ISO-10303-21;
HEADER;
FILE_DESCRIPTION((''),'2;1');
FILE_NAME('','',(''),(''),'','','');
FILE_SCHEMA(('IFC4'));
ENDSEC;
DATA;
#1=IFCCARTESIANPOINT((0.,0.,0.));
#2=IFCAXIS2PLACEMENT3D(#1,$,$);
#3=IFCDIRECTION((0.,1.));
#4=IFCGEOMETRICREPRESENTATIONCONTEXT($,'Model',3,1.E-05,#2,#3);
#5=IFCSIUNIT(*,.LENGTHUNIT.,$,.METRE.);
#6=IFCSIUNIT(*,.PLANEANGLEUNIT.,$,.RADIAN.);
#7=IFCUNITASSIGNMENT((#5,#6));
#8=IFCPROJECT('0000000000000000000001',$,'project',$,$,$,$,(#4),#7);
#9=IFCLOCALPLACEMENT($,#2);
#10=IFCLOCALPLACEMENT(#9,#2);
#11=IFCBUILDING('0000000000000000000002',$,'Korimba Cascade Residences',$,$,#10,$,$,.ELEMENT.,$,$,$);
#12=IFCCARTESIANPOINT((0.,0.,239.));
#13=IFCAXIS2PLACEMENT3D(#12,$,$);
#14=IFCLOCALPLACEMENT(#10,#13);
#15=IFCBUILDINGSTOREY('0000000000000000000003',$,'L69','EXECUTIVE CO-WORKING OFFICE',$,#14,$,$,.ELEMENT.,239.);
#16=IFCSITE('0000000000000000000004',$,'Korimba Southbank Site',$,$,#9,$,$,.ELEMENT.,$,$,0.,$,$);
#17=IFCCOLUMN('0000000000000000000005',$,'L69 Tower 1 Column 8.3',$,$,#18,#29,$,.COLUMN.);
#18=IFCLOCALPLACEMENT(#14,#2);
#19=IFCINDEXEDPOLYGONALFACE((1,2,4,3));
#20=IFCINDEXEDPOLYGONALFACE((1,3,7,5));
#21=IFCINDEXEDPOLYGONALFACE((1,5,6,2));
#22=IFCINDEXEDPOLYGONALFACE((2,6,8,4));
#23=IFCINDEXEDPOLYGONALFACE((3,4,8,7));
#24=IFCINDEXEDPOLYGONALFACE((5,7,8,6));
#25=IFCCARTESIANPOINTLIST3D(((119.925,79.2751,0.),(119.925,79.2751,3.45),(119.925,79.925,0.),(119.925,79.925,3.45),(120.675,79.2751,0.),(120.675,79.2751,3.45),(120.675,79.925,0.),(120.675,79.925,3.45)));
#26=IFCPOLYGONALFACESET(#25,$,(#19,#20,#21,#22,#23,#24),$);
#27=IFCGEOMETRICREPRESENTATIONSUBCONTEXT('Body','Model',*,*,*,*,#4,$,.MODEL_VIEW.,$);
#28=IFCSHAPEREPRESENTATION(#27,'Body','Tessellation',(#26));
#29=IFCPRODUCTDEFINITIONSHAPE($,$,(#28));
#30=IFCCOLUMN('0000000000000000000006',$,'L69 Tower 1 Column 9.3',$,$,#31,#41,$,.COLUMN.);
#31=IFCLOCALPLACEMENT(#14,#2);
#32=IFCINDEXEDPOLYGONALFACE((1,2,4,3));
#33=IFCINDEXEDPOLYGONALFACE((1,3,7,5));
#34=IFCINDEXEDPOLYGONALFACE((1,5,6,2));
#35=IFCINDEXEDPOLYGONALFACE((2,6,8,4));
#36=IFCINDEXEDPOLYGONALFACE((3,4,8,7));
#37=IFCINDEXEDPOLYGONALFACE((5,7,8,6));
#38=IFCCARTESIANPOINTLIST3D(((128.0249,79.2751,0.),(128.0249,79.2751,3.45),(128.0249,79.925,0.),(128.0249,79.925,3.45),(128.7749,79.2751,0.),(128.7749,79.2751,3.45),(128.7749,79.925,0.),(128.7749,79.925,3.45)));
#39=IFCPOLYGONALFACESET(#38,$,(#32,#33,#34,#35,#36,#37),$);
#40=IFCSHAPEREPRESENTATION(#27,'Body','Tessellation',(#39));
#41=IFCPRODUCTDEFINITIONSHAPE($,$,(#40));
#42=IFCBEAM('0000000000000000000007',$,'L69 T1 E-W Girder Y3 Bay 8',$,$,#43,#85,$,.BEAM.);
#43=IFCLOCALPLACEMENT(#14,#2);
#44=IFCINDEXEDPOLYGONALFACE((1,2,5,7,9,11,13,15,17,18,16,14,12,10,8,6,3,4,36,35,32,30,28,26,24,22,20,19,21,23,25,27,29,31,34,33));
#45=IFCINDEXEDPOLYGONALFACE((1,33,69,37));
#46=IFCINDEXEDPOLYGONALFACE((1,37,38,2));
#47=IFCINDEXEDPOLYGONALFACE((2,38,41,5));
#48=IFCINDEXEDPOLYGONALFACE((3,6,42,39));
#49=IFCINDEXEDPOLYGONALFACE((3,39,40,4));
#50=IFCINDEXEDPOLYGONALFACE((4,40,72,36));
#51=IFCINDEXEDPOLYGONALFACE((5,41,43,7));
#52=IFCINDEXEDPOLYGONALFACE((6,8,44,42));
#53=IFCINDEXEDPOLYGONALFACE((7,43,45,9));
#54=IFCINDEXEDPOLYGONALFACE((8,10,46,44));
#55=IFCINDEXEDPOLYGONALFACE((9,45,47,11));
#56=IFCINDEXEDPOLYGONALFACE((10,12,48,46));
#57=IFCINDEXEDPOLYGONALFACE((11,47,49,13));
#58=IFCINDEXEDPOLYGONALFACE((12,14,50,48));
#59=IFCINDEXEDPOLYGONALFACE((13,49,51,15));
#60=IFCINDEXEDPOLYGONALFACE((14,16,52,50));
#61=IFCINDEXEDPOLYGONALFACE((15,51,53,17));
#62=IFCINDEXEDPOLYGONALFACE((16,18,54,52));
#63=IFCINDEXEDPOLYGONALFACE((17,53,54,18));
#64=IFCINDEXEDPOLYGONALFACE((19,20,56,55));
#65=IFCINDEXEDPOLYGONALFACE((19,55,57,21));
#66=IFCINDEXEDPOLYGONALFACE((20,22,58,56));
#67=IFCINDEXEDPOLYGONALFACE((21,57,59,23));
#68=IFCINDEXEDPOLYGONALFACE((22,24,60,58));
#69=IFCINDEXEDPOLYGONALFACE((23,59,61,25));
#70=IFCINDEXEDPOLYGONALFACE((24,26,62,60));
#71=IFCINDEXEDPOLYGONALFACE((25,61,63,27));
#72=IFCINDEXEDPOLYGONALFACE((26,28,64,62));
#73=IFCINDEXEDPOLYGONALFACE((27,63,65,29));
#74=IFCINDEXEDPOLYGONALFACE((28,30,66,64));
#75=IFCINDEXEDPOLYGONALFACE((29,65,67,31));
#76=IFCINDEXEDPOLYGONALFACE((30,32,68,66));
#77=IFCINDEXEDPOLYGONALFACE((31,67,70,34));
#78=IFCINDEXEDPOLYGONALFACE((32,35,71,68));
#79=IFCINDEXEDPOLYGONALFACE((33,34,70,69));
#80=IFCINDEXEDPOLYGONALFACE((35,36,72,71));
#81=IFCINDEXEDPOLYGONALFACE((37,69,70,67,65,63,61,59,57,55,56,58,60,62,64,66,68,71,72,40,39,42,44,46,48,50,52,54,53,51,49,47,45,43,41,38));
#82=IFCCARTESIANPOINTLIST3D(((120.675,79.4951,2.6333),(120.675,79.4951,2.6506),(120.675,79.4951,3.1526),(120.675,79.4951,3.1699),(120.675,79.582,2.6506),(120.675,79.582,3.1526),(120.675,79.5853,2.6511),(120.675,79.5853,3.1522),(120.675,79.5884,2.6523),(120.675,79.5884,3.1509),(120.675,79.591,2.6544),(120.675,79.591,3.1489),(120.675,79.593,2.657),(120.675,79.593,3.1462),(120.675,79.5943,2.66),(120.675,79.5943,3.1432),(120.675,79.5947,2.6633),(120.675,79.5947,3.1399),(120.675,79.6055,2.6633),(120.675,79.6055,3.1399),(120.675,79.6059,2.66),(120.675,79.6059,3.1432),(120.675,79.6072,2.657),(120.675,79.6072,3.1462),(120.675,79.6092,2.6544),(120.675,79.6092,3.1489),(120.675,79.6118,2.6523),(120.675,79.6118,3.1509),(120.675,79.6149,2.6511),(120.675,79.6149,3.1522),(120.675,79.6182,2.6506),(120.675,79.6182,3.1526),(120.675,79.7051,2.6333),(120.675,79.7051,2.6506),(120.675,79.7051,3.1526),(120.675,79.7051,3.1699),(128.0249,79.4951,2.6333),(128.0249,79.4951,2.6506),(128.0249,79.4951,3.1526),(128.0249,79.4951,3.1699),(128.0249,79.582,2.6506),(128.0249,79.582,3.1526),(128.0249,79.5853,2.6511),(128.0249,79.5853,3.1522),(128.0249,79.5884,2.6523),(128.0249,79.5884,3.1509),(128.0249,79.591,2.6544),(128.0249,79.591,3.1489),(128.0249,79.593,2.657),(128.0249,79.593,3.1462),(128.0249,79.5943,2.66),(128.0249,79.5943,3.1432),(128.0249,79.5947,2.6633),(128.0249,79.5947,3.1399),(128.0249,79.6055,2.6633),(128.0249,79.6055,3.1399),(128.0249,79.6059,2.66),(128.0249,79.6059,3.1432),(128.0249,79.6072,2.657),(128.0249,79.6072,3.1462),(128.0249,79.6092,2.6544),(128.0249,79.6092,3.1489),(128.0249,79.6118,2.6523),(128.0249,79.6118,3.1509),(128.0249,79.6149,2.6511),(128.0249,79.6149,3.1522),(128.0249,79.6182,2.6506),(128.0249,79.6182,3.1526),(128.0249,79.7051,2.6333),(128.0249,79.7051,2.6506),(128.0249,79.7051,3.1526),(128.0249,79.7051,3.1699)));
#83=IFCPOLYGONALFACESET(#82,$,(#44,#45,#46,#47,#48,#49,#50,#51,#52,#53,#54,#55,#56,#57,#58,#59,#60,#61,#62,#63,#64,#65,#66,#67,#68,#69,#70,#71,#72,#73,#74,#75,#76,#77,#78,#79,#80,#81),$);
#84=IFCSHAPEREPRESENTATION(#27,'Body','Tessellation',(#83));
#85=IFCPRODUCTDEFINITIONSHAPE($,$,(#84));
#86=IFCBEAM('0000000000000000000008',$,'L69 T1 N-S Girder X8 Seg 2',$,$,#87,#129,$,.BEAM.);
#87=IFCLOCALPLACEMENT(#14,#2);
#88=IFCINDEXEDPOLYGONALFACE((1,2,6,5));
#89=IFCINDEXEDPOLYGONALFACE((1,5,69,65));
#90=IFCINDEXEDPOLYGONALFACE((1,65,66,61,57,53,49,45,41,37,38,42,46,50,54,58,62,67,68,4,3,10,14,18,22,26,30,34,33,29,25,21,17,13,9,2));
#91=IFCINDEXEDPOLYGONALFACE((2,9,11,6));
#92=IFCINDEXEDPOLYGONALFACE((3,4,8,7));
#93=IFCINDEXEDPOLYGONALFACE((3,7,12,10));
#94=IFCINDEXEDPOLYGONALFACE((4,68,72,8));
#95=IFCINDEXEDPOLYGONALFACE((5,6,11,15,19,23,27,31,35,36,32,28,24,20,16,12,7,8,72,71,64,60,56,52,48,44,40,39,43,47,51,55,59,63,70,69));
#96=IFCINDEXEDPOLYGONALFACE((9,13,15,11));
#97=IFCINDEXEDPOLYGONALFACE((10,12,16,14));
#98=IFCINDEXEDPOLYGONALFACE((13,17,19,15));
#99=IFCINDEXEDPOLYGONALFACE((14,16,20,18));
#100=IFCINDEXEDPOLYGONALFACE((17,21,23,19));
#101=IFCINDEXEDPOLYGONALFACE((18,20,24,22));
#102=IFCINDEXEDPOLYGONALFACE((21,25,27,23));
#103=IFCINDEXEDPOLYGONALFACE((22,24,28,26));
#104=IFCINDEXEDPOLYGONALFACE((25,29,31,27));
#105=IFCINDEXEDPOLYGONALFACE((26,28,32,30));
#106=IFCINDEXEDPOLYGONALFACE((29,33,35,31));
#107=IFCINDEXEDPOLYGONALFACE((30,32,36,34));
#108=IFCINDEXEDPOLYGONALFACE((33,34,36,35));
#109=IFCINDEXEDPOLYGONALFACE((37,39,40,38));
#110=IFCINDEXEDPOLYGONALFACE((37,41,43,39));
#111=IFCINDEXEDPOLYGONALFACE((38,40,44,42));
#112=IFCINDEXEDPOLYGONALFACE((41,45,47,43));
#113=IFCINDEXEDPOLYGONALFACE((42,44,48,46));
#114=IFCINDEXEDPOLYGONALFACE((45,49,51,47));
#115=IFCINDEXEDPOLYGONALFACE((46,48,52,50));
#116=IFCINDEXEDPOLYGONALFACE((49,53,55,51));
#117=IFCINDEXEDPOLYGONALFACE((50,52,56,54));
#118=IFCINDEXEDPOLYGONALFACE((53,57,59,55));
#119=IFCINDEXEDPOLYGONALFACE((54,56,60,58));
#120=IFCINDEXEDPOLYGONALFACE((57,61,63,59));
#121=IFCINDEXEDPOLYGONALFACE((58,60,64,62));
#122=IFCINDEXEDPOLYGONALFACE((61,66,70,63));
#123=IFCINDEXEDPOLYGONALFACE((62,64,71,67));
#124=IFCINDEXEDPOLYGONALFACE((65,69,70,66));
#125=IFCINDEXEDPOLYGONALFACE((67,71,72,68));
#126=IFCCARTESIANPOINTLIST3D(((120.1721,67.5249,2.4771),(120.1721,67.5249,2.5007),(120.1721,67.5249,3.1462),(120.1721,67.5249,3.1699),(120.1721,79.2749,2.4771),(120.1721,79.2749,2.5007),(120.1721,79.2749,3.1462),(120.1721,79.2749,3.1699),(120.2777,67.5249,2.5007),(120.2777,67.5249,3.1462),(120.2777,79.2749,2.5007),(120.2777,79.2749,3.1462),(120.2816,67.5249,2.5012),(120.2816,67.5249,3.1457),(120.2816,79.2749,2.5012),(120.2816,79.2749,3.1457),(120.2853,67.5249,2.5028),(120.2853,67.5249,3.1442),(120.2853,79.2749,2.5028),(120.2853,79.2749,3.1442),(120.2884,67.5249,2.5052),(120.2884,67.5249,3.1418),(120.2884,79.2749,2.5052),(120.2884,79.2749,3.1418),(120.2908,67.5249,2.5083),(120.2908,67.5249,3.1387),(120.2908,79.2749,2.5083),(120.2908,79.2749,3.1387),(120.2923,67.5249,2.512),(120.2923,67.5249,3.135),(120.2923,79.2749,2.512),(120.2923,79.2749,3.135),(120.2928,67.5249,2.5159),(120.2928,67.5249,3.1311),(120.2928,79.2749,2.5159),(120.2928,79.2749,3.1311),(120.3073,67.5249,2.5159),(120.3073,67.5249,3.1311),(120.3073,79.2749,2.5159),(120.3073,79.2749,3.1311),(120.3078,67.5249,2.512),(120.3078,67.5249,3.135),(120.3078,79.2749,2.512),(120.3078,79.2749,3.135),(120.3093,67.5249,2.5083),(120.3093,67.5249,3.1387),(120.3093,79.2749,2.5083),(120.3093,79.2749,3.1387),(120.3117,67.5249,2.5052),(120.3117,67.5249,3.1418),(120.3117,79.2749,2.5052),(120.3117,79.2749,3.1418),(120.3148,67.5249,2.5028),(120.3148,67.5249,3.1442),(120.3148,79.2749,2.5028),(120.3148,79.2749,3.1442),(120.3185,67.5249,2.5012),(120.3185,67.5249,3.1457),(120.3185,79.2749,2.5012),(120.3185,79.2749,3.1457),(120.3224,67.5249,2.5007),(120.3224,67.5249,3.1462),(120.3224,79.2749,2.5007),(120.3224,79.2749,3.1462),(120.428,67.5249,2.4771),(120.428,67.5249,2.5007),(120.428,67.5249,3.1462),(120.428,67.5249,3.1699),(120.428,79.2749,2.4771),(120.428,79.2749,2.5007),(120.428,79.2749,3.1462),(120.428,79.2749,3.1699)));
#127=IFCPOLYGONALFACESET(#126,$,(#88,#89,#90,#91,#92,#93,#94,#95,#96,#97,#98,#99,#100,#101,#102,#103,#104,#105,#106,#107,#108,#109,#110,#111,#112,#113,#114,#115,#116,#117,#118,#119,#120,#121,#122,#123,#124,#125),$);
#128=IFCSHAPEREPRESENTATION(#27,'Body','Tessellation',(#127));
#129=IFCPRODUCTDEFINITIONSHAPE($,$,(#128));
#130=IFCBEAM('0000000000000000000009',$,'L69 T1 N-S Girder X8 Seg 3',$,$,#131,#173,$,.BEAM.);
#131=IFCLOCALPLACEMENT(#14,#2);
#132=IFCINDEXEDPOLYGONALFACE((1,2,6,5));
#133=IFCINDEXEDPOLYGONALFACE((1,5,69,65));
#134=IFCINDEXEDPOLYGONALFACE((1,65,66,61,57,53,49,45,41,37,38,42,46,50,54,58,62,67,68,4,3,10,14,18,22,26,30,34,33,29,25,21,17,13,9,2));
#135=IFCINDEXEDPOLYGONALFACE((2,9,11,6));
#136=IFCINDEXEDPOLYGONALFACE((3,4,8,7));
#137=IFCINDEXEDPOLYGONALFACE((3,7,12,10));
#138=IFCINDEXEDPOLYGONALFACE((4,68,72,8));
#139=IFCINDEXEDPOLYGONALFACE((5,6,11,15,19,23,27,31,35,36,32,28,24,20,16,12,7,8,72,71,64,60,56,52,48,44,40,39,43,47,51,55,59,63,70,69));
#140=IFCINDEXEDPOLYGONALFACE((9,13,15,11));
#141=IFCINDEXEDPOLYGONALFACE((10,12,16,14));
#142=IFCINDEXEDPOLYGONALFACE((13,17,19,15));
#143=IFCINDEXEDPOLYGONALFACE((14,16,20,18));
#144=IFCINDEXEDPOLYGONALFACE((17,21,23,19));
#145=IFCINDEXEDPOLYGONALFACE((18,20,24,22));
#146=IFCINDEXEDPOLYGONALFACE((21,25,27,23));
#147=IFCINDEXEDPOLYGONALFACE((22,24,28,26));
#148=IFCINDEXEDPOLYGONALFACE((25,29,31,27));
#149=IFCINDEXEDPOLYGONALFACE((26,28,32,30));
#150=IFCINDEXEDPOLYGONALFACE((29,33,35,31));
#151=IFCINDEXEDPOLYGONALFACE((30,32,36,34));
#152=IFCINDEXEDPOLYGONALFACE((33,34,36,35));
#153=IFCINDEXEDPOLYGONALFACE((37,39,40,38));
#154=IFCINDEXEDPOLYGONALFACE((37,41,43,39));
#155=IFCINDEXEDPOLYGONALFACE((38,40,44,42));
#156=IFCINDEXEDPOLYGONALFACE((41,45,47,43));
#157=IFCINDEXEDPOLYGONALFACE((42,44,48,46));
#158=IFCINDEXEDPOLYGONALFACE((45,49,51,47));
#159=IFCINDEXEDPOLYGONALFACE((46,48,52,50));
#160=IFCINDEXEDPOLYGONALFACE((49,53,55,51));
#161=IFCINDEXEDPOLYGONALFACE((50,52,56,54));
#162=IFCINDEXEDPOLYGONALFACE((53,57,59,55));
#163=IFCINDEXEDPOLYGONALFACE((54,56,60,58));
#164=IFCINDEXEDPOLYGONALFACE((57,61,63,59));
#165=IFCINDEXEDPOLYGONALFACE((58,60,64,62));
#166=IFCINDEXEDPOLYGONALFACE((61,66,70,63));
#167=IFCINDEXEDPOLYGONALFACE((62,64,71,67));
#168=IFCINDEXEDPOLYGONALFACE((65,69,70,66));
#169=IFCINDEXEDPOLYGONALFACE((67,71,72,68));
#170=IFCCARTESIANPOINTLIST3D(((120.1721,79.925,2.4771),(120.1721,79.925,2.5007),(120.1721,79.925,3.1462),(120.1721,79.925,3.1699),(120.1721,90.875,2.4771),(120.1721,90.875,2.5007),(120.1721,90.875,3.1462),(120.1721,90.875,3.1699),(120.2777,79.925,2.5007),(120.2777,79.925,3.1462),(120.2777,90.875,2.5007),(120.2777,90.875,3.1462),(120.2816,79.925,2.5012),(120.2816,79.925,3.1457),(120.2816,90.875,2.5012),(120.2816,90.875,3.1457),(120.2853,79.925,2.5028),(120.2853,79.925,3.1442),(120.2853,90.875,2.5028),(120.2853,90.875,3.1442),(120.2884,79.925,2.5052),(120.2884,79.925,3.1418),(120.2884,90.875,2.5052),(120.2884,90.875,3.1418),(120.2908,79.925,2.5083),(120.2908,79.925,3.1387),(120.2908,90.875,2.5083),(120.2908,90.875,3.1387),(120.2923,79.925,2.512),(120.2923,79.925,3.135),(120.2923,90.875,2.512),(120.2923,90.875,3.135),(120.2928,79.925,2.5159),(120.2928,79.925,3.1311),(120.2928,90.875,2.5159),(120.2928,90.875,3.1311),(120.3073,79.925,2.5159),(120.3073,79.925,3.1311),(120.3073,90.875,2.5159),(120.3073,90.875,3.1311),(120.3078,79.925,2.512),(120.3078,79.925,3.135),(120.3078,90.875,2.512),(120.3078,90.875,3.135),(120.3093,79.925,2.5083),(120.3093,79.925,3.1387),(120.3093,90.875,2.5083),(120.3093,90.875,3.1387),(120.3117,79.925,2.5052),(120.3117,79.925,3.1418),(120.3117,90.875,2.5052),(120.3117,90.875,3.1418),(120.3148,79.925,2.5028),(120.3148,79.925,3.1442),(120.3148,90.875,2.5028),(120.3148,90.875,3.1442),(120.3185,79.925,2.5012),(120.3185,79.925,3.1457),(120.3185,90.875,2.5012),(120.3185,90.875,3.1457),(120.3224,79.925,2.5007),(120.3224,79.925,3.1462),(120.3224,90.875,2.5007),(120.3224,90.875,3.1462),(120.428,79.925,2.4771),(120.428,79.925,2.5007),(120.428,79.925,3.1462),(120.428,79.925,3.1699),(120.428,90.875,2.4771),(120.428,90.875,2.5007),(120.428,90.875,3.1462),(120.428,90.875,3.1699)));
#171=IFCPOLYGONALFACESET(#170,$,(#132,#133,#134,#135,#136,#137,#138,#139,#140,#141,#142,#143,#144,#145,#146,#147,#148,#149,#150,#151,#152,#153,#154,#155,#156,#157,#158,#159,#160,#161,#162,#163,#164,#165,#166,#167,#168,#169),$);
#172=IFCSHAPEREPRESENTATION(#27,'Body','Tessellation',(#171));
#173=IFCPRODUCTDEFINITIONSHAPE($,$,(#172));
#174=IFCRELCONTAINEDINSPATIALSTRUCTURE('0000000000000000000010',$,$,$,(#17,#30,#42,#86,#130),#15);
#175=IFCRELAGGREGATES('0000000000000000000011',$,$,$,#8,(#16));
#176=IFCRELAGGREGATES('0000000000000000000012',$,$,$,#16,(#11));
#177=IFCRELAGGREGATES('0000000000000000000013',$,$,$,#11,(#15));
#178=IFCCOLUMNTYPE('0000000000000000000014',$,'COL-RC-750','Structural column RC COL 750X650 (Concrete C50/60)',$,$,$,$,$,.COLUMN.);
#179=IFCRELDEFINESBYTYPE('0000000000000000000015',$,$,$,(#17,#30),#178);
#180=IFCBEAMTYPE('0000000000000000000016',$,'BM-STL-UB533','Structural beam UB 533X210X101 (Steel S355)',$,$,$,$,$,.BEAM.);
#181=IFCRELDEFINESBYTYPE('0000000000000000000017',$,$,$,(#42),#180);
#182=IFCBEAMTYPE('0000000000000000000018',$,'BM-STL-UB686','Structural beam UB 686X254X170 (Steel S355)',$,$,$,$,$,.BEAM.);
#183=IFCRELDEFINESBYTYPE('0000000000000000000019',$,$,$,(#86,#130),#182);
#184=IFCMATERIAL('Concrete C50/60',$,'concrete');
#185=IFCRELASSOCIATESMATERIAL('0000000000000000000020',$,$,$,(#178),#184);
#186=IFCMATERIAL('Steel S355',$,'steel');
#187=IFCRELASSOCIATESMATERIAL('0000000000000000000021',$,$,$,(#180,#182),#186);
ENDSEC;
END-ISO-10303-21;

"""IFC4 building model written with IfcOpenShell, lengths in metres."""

from ifc_helpers import new_model, si_unit, direction, frame, origin, origin_2d, place, context, subcontext, project, spatial, rectangle, i_section, extrude, material, material_profile, profile_set, type_object, element, save


model = new_model("IFC4")

# Units and contexts
model_context = context("Model", 3, precision=1e-05, world=origin(), true_north=direction((0.0, 1.0)))
body_context = subcontext(model_context, "Body", "Model", "MODEL_VIEW")
ifc_project = project(units=[si_unit("LENGTHUNIT", "METRE"), si_unit("PLANEANGLEUNIT", "RADIAN")], contexts=[model_context])

# Site, building, storey
site_placement = place(None, origin())
site = spatial("IfcSite", under=ifc_project, at=site_placement, Name="Korimba Southbank Site", CompositionType="ELEMENT", RefElevation=0.0)
building_placement = place(site_placement, origin())
building = spatial("IfcBuilding", under=site, at=building_placement, Name="Korimba Cascade Residences", CompositionType="ELEMENT")
storey_placement = place(building_placement, frame((0.0, 0.0, 239.0)))
storey = spatial("IfcBuildingStorey", under=building, at=storey_placement, Name="L69", Description="EXECUTIVE CO-WORKING OFFICE", CompositionType="ELEMENT", Elevation=239.0)

# Columns
ifc_material_1 = material(Name="Concrete C50/60", Category="concrete")
ifc_material_profile_1 = material_profile(ifc_material_1, rectangle(XDim=0.75, YDim=0.6499, at=origin_2d()), Name="Concrete C50/60")
ifc_profile_set_1 = profile_set([ifc_material_profile_1], Name="Concrete C50/60")
column_type = type_object("IfcColumnType", Name="COL-RC-750", Description="Structural column RC COL 750X650 (Concrete C50/60)", PredefinedType="COLUMN", material=ifc_profile_set_1)
for number, where, z_axis, x_axis, name in (
    (1, (120.3, 79.6001, 0.0), (0.0, 0.0, 1.0), (1.0, 0.0, 0.0), "L69 Tower 1 Column 8.3"),
    (2, (128.3999, 79.6001, 0.0), (0.0, 0.0, 1.0), (1.0, 0.0, 0.0), "L69 Tower 1 Column 9.3"),
):
    element("IfcColumn", number, at=place(storey_placement, frame(where, z_axis=z_axis, x_axis=x_axis)), inside=storey, type_object=column_type, Name=name, PredefinedType="COLUMN", context=body_context, shape_type="SweptSolid", body=[
        extrude(rectangle(XDim=0.75, YDim=0.6499, at=origin_2d()), origin(), (0.0, 0.0, 1.0), 3.45),
    ])

# Beams
ifc_material_2 = material(Name="Steel S355", Category="steel")
ifc_material_profile_2 = material_profile(ifc_material_2, i_section(OverallWidth=0.21, OverallDepth=0.5366, WebThickness=0.0107, FlangeThickness=0.0173, FilletRadius=0.0127, at=origin_2d()), Name="Steel S355")
ifc_profile_set_2 = profile_set([ifc_material_profile_2], Name="Steel S355")
beam_type_1 = type_object("IfcBeamType", Name="BM-STL-UB533", Description="Structural beam UB 533X210X101 (Steel S355)", PredefinedType="BEAM", material=ifc_profile_set_2)
beam_1_placement = place(storey_placement, frame((120.675, 79.6001, 2.9016), z_axis=(1.0, 0.0, 0.0), x_axis=(0.0, 1.0, 0.0)))
element("IfcBeam", 3, at=beam_1_placement, inside=storey, type_object=beam_type_1, Name="L69 T1 E-W Girder Y3 Bay 8", PredefinedType="BEAM", context=body_context, shape_type="SweptSolid", body=[
    extrude(i_section(OverallWidth=0.21, OverallDepth=0.5366, WebThickness=0.0107, FlangeThickness=0.0173, FilletRadius=0.0127, at=origin_2d()), origin(), (0.0, 0.0, 1.0), 7.3499),
])
ifc_material_profile_3 = material_profile(ifc_material_2, i_section(OverallWidth=0.2559, OverallDepth=0.6929, WebThickness=0.0144, FlangeThickness=0.0237, FilletRadius=0.0151, at=origin_2d()), Name="Steel S355")
ifc_profile_set_3 = profile_set([ifc_material_profile_3], Name="Steel S355")
beam_type_2 = type_object("IfcBeamType", Name="BM-STL-UB686", Description="Structural beam UB 686X254X170 (Steel S355)", PredefinedType="BEAM", material=ifc_profile_set_3)
beam_2_placement = place(storey_placement, frame((120.3, 67.5249, 2.8235), z_axis=(0.0, 1.0, 0.0), x_axis=(-1.0, 0.0, 0.0)))
element("IfcBeam", 4, at=beam_2_placement, inside=storey, type_object=beam_type_2, Name="L69 T1 N-S Girder X8 Seg 2", PredefinedType="BEAM", context=body_context, shape_type="SweptSolid", body=[
    extrude(i_section(OverallWidth=0.2559, OverallDepth=0.6929, WebThickness=0.0144, FlangeThickness=0.0237, FilletRadius=0.0151, at=origin_2d()), origin(), (0.0, 0.0, 1.0), 11.75),
])
beam_3_placement = place(storey_placement, frame((120.3, 79.925, 2.8235), z_axis=(0.0, 1.0, 0.0), x_axis=(-1.0, 0.0, 0.0)))
element("IfcBeam", 5, at=beam_3_placement, inside=storey, type_object=beam_type_2, Name="L69 T1 N-S Girder X8 Seg 3", PredefinedType="BEAM", context=body_context, shape_type="SweptSolid", body=[
    extrude(i_section(OverallWidth=0.2559, OverallDepth=0.6929, WebThickness=0.0144, FlangeThickness=0.0237, FilletRadius=0.0151, at=origin_2d()), origin(), (0.0, 0.0, 1.0), 10.95),
])

save(model, "model.ifc")
